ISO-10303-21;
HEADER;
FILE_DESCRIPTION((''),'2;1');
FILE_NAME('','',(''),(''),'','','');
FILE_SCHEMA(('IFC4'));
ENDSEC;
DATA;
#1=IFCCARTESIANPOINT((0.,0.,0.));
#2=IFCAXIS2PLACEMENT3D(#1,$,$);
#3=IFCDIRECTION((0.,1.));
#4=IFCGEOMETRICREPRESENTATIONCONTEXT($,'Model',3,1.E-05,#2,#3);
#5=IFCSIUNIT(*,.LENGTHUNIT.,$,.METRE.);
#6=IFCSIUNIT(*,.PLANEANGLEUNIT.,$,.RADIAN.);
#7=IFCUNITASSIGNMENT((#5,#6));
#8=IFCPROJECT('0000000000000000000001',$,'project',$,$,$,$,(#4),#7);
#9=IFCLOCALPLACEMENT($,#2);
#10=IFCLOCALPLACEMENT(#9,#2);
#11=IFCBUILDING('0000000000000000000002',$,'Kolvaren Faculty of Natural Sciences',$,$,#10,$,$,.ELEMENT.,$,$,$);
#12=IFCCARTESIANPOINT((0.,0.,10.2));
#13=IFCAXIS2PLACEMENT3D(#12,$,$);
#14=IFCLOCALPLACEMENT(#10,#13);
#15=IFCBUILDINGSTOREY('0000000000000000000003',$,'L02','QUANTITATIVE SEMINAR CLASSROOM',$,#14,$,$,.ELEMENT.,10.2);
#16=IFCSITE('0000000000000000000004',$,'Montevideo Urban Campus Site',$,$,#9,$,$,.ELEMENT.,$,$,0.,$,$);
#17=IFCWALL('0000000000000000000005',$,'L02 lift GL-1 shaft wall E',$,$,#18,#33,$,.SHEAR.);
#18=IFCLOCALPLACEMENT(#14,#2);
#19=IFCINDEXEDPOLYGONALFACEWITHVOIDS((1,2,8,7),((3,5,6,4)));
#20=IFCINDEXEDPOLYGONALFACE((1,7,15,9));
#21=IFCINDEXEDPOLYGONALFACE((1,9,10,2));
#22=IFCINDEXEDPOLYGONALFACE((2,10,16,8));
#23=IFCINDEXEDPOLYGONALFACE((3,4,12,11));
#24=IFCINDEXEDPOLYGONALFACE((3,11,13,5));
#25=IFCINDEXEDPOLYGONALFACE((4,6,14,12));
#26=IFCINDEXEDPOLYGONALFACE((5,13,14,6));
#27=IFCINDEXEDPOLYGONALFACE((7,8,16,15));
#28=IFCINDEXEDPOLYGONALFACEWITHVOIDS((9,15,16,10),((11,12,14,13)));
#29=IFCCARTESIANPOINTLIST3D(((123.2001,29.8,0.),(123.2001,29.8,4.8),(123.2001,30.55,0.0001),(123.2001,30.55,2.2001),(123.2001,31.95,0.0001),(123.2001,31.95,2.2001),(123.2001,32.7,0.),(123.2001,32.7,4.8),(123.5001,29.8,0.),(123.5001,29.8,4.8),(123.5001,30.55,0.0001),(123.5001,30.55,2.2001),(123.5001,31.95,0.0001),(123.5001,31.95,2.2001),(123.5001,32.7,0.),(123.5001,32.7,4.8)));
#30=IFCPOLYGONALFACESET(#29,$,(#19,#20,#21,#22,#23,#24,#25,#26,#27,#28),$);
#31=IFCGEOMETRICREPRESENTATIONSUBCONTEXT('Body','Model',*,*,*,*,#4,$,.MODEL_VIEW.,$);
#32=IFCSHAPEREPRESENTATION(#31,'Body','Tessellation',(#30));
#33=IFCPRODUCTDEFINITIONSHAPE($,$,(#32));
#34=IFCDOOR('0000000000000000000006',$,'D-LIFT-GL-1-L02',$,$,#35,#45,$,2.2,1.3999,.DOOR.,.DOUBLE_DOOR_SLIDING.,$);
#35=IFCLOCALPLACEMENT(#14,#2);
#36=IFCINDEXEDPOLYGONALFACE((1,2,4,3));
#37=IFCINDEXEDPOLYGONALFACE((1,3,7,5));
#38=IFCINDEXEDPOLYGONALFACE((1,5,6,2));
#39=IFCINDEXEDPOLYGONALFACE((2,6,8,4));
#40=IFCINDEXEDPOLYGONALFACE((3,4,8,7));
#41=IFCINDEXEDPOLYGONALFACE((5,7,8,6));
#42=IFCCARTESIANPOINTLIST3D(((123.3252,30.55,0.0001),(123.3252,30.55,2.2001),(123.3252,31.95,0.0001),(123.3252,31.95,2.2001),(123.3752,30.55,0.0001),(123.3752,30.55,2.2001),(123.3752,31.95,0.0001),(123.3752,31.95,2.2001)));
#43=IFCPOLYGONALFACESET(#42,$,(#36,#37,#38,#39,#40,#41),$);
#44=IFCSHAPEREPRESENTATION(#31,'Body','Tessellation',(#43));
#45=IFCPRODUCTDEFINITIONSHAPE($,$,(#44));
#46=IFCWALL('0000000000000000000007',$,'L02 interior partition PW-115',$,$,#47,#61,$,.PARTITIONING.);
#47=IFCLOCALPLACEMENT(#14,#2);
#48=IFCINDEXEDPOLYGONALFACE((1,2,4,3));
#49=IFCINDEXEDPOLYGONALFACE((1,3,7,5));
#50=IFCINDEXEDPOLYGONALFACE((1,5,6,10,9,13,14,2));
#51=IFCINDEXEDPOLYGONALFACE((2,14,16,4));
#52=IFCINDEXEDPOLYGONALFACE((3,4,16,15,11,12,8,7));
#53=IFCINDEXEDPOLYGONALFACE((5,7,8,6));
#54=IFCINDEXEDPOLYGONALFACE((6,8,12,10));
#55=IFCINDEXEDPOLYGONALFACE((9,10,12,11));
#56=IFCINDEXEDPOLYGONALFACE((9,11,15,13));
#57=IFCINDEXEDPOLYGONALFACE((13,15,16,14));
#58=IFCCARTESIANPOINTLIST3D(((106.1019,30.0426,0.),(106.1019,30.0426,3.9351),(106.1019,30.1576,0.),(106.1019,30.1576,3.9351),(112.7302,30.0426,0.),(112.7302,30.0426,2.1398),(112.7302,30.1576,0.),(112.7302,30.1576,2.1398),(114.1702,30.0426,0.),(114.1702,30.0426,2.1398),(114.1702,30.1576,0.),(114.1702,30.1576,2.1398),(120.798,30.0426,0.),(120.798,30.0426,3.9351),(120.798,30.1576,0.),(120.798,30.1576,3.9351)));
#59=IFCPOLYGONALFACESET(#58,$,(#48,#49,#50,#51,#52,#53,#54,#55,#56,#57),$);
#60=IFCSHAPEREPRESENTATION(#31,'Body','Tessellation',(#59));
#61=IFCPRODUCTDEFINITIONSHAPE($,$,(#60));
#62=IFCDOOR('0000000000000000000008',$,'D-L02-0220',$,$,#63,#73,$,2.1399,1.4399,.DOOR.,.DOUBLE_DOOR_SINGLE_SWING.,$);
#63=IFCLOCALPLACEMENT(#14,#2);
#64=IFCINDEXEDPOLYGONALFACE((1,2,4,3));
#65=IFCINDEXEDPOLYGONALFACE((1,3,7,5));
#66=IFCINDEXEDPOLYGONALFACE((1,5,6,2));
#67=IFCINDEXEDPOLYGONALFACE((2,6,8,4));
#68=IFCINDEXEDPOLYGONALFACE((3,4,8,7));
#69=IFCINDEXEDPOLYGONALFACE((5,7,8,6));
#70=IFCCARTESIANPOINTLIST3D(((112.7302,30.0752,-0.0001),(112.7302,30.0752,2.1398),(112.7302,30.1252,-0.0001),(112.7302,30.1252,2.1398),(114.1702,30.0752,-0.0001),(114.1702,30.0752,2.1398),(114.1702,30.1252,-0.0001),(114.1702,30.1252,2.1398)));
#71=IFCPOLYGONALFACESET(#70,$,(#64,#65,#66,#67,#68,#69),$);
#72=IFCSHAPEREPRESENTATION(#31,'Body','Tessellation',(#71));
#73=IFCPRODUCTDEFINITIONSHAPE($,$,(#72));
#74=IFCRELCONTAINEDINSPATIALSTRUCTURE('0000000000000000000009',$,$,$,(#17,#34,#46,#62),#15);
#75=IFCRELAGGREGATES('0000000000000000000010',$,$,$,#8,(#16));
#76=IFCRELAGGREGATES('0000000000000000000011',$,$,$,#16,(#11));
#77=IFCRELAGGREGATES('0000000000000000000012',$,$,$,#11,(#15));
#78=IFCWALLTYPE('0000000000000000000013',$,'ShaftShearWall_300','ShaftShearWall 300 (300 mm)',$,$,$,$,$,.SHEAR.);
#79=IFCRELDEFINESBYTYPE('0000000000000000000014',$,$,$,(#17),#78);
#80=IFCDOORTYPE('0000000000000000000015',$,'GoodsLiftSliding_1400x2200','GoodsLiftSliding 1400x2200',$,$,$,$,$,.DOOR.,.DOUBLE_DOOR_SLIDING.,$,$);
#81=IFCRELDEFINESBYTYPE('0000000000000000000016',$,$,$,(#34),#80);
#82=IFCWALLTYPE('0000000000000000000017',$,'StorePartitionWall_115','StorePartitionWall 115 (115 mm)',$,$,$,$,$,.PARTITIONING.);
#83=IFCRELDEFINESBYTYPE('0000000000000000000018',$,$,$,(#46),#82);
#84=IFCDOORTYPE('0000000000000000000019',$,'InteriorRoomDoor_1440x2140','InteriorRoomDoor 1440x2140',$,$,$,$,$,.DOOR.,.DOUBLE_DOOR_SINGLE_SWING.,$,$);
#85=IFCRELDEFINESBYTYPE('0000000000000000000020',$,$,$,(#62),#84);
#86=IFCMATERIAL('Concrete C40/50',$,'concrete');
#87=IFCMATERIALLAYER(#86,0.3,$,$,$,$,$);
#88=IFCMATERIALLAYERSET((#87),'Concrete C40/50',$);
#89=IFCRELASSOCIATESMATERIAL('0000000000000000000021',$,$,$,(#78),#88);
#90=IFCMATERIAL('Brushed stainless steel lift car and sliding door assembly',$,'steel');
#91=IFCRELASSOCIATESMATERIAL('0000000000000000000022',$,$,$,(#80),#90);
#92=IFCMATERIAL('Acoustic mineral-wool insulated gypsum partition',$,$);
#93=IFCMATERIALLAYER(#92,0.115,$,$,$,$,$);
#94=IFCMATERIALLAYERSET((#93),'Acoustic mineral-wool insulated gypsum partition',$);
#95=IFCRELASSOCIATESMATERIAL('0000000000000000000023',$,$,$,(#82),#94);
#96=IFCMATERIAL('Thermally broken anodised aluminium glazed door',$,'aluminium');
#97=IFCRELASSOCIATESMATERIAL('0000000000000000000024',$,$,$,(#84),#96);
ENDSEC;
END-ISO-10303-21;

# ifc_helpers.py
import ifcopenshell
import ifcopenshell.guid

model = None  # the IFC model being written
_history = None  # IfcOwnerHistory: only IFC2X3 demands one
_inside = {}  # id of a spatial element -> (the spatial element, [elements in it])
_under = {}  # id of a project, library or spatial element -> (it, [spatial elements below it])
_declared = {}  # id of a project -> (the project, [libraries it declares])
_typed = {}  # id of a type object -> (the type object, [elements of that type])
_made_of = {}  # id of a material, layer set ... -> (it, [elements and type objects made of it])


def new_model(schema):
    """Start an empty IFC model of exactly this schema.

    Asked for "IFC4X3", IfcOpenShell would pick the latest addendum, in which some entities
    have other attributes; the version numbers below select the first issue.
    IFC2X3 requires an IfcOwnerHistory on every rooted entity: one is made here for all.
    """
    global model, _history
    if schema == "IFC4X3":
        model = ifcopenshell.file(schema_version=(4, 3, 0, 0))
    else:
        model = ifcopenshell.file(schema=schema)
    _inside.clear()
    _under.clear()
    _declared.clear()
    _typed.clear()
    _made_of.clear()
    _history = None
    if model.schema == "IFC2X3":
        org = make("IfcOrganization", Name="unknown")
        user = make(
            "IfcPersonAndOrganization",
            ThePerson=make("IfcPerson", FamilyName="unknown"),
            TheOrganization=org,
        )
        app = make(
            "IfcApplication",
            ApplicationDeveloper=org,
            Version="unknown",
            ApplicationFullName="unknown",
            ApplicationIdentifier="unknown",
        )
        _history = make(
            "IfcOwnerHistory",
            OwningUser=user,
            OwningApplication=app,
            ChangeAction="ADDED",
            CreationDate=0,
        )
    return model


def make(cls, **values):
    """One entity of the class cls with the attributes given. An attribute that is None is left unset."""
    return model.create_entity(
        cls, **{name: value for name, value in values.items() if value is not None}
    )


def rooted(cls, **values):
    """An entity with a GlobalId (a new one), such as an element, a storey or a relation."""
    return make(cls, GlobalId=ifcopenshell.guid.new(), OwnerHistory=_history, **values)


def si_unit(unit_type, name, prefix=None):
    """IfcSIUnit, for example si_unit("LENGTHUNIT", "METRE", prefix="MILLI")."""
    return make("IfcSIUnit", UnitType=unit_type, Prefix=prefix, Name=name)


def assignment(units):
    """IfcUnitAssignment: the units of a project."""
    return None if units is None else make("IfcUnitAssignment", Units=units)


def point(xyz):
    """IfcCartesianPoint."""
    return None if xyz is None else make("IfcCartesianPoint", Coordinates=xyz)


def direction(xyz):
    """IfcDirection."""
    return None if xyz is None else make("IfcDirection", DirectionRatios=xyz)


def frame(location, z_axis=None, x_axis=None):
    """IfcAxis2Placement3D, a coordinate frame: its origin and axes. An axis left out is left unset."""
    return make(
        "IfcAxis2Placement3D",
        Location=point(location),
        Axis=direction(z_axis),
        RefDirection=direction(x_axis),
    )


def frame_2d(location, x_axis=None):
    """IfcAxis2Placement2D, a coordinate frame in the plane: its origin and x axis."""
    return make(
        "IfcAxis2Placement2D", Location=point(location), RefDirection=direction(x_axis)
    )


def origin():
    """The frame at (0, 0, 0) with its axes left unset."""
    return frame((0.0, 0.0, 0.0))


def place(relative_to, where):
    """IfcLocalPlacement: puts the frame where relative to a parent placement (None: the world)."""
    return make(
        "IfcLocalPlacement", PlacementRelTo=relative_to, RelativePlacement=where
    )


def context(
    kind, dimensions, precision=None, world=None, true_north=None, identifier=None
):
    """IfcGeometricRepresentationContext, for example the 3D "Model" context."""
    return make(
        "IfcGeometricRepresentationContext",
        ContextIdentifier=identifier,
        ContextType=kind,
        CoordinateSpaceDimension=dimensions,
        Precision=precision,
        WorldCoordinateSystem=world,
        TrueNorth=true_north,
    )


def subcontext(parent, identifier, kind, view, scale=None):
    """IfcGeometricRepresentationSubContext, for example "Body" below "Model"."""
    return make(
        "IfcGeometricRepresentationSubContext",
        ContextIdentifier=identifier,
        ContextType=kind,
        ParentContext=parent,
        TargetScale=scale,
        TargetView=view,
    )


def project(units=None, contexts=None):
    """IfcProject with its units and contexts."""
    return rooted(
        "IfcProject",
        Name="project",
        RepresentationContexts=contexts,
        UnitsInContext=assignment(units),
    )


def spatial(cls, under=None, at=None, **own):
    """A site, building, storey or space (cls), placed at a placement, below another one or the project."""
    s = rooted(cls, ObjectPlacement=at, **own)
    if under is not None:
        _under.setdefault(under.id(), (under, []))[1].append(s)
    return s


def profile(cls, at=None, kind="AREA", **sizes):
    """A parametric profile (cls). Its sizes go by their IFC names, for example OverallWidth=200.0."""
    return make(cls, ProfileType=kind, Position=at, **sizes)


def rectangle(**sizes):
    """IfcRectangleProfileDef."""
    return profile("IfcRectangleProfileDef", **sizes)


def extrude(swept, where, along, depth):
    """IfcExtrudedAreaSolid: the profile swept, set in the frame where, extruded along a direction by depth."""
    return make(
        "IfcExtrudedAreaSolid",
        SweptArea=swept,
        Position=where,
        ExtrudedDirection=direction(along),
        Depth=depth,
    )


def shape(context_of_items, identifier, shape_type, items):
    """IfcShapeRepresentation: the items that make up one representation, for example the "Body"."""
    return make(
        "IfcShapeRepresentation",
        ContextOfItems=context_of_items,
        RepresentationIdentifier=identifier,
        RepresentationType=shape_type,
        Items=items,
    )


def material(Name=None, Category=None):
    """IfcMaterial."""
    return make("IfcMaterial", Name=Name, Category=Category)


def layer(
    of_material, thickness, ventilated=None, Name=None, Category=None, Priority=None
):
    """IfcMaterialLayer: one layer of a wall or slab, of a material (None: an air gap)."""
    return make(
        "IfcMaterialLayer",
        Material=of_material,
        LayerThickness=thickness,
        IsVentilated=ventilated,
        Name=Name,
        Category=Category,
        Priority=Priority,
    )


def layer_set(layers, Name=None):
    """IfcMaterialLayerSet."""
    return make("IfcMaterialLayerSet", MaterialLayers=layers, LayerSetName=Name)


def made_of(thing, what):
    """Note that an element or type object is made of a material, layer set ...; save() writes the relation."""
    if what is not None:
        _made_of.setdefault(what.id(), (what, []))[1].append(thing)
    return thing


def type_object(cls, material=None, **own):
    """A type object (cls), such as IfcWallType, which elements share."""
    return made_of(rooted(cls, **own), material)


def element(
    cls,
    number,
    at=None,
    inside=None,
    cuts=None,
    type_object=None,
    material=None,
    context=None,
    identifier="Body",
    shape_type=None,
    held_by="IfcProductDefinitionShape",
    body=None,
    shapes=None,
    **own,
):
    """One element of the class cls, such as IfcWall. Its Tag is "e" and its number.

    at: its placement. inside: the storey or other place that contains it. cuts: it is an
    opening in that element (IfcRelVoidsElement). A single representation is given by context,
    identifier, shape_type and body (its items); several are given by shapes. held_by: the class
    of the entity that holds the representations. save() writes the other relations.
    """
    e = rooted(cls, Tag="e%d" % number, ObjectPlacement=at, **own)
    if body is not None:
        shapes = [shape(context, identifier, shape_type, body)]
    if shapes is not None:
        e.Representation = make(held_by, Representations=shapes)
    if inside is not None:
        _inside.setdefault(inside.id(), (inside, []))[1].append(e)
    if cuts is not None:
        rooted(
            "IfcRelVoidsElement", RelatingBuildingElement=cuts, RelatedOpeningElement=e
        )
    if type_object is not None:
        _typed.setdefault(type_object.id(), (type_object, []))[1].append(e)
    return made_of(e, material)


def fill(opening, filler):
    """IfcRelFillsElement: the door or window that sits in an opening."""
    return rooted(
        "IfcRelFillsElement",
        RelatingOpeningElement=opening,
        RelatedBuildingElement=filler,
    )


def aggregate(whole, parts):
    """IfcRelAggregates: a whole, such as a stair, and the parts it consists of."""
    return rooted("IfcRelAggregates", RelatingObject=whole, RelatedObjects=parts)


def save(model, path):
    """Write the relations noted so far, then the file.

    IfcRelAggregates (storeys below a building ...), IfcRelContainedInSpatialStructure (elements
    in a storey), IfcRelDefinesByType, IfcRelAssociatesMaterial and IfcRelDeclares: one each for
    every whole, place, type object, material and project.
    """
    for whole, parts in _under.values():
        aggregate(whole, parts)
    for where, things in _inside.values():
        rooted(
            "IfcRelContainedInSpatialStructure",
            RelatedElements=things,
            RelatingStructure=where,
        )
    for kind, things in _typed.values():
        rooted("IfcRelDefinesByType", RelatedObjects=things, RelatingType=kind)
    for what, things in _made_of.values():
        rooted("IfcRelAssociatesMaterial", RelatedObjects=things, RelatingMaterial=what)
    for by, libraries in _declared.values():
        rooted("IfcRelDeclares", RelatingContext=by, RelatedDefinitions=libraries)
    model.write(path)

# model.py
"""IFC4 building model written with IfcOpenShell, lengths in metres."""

from ifc_helpers import new_model, si_unit, direction, frame, frame_2d, origin, place, context, subcontext, project, spatial, rectangle, extrude, material, layer, layer_set, type_object, element, fill, save


model = new_model("IFC4")

# Units and contexts
model_context = context("Model", 3, precision=1e-05, world=origin(), true_north=direction((0.0, 1.0)))
body_context = subcontext(model_context, "Body", "Model", "MODEL_VIEW")
ifc_project = project(units=[si_unit("LENGTHUNIT", "METRE"), si_unit("PLANEANGLEUNIT", "RADIAN")], contexts=[model_context])

# Site, building, storey
site_placement = place(None, origin())
site = spatial("IfcSite", under=ifc_project, at=site_placement, Name="Montevideo Urban Campus Site", CompositionType="ELEMENT", RefElevation=0.0)
building_placement = place(site_placement, origin())
building = spatial("IfcBuilding", under=site, at=building_placement, Name="Kolvaren Faculty of Natural Sciences", CompositionType="ELEMENT")
storey_placement = place(building_placement, frame((0.0, 0.0, 10.2)))
storey = spatial("IfcBuildingStorey", under=building, at=storey_placement, Name="L02", Description="QUANTITATIVE SEMINAR CLASSROOM", CompositionType="ELEMENT", Elevation=10.2)

# Shared definitions
ifc_material_1 = material(Name="Acoustic mineral-wool insulated gypsum partition")

# Shared definitions
ifc_material_2 = material(Name="Concrete C40/50", Category="concrete")
ifc_layer_1 = layer(ifc_material_2, 0.3)
ifc_layer_set_1 = layer_set([ifc_layer_1], Name="Concrete C40/50")
wall_type_1 = type_object("IfcWallType", Name="ShaftShearWall_300", Description="ShaftShearWall 300 (300 mm)", PredefinedType="SHEAR", material=ifc_layer_set_1)

# Walls, openings, doors
wall_1_placement = place(storey_placement, frame((123.3501, 29.8, 0.0), z_axis=(0.0, 0.0, 1.0), x_axis=(0.0, 1.0, 0.0)))
wall_1 = element("IfcWall", 1, at=wall_1_placement, inside=storey, type_object=wall_type_1, Name="L02 lift GL-1 shaft wall E", PredefinedType="SHEAR", context=body_context, shape_type="SweptSolid", body=[
    extrude(rectangle(XDim=2.8999, YDim=0.3, at=frame_2d((1.45, 0.0))), origin(), (0.0, 0.0, 1.0), 4.8),
])
opening_1_placement = place(wall_1_placement, frame((0.75, 0.0, 0.0)))
opening_1 = element("IfcOpeningElement", 2, at=opening_1_placement, cuts=wall_1, PredefinedType="OPENING", context=body_context, shape_type="SweptSolid", body=[
    extrude(rectangle(XDim=1.3999, YDim=2.2, at=frame_2d((0.7, 1.1001))), frame((0.0, 0.1599, 0.0), z_axis=(0.0, -1.0, 0.0), x_axis=(1.0, 0.0, 0.0)), (0.0, 0.0, 1.0), 0.3201),
])
ifc_material_3 = material(Name="Brushed stainless steel lift car and sliding door assembly", Category="steel")
door_type_1 = type_object("IfcDoorType", Name="GoodsLiftSliding_1400x2200", Description="GoodsLiftSliding 1400x2200", OperationType="DOUBLE_DOOR_SLIDING", PredefinedType="DOOR", material=ifc_material_3)
door_1_placement = place(opening_1_placement, origin())
door_1 = element("IfcDoor", 3, at=door_1_placement, inside=storey, type_object=door_type_1, Name="D-LIFT-GL-1-L02", OperationType="DOUBLE_DOOR_SLIDING", OverallHeight=2.2, OverallWidth=1.3999, PredefinedType="DOOR", context=body_context, shape_type="SweptSolid", body=[
    extrude(rectangle(XDim=1.3999, YDim=2.2, at=frame_2d((0.7, 1.1001))), frame((0.0, 0.0249, 0.0), z_axis=(0.0, -1.0, 0.0), x_axis=(1.0, 0.0, 0.0)), (0.0, 0.0, 1.0), 0.05),
])
fill(opening_1, door_1)
ifc_layer_2 = layer(ifc_material_1, 0.115)
ifc_layer_set_2 = layer_set([ifc_layer_2], Name="Acoustic mineral-wool insulated gypsum partition")
wall_type_2 = type_object("IfcWallType", Name="StorePartitionWall_115", Description="StorePartitionWall 115 (115 mm)", PredefinedType="PARTITIONING", material=ifc_layer_set_2)
wall_2_placement = place(storey_placement, frame((120.7981, 30.1001, 0.0), z_axis=(0.0, 0.0, 1.0), x_axis=(-1.0, 0.0, 0.0)))
wall_2 = element("IfcWall", 4, at=wall_2_placement, inside=storey, type_object=wall_type_2, Name="L02 interior partition PW-115", PredefinedType="PARTITIONING", context=body_context, shape_type="SweptSolid", body=[
    extrude(rectangle(XDim=14.696, YDim=0.115, at=frame_2d((7.3481, 0.0))), origin(), (0.0, 0.0, 1.0), 3.9351),
])
opening_2_placement = place(wall_2_placement, frame((6.6279, 0.0, 0.0)))
opening_2 = element("IfcOpeningElement", 5, at=opening_2_placement, cuts=wall_2, PredefinedType="OPENING", context=body_context, shape_type="SweptSolid", body=[
    extrude(rectangle(XDim=1.4399, YDim=2.1399, at=frame_2d((0.72, 1.0698))), frame((0.0, 0.0674, 0.0), z_axis=(0.0, -1.0, 0.0), x_axis=(1.0, 0.0, 0.0)), (0.0, 0.0, 1.0), 0.135),
])
ifc_material_4 = material(Name="Thermally broken anodised aluminium glazed door", Category="aluminium")
door_type_2 = type_object("IfcDoorType", Name="InteriorRoomDoor_1440x2140", Description="InteriorRoomDoor 1440x2140", OperationType="DOUBLE_DOOR_SINGLE_SWING", PredefinedType="DOOR", material=ifc_material_4)
door_2_placement = place(opening_2_placement, origin())
door_2 = element("IfcDoor", 6, at=door_2_placement, inside=storey, type_object=door_type_2, Name="D-L02-0220", OperationType="DOUBLE_DOOR_SINGLE_SWING", OverallHeight=2.1399, OverallWidth=1.4399, PredefinedType="DOOR", context=body_context, shape_type="SweptSolid", body=[
    extrude(rectangle(XDim=1.4399, YDim=2.1399, at=frame_2d((0.72, 1.0698))), frame((0.0, 0.0249, 0.0), z_axis=(0.0, -1.0, 0.0), x_axis=(1.0, 0.0, 0.0)), (0.0, 0.0, 1.0), 0.05),
])
fill(opening_2, door_2)

save(model, "model.ifc")
